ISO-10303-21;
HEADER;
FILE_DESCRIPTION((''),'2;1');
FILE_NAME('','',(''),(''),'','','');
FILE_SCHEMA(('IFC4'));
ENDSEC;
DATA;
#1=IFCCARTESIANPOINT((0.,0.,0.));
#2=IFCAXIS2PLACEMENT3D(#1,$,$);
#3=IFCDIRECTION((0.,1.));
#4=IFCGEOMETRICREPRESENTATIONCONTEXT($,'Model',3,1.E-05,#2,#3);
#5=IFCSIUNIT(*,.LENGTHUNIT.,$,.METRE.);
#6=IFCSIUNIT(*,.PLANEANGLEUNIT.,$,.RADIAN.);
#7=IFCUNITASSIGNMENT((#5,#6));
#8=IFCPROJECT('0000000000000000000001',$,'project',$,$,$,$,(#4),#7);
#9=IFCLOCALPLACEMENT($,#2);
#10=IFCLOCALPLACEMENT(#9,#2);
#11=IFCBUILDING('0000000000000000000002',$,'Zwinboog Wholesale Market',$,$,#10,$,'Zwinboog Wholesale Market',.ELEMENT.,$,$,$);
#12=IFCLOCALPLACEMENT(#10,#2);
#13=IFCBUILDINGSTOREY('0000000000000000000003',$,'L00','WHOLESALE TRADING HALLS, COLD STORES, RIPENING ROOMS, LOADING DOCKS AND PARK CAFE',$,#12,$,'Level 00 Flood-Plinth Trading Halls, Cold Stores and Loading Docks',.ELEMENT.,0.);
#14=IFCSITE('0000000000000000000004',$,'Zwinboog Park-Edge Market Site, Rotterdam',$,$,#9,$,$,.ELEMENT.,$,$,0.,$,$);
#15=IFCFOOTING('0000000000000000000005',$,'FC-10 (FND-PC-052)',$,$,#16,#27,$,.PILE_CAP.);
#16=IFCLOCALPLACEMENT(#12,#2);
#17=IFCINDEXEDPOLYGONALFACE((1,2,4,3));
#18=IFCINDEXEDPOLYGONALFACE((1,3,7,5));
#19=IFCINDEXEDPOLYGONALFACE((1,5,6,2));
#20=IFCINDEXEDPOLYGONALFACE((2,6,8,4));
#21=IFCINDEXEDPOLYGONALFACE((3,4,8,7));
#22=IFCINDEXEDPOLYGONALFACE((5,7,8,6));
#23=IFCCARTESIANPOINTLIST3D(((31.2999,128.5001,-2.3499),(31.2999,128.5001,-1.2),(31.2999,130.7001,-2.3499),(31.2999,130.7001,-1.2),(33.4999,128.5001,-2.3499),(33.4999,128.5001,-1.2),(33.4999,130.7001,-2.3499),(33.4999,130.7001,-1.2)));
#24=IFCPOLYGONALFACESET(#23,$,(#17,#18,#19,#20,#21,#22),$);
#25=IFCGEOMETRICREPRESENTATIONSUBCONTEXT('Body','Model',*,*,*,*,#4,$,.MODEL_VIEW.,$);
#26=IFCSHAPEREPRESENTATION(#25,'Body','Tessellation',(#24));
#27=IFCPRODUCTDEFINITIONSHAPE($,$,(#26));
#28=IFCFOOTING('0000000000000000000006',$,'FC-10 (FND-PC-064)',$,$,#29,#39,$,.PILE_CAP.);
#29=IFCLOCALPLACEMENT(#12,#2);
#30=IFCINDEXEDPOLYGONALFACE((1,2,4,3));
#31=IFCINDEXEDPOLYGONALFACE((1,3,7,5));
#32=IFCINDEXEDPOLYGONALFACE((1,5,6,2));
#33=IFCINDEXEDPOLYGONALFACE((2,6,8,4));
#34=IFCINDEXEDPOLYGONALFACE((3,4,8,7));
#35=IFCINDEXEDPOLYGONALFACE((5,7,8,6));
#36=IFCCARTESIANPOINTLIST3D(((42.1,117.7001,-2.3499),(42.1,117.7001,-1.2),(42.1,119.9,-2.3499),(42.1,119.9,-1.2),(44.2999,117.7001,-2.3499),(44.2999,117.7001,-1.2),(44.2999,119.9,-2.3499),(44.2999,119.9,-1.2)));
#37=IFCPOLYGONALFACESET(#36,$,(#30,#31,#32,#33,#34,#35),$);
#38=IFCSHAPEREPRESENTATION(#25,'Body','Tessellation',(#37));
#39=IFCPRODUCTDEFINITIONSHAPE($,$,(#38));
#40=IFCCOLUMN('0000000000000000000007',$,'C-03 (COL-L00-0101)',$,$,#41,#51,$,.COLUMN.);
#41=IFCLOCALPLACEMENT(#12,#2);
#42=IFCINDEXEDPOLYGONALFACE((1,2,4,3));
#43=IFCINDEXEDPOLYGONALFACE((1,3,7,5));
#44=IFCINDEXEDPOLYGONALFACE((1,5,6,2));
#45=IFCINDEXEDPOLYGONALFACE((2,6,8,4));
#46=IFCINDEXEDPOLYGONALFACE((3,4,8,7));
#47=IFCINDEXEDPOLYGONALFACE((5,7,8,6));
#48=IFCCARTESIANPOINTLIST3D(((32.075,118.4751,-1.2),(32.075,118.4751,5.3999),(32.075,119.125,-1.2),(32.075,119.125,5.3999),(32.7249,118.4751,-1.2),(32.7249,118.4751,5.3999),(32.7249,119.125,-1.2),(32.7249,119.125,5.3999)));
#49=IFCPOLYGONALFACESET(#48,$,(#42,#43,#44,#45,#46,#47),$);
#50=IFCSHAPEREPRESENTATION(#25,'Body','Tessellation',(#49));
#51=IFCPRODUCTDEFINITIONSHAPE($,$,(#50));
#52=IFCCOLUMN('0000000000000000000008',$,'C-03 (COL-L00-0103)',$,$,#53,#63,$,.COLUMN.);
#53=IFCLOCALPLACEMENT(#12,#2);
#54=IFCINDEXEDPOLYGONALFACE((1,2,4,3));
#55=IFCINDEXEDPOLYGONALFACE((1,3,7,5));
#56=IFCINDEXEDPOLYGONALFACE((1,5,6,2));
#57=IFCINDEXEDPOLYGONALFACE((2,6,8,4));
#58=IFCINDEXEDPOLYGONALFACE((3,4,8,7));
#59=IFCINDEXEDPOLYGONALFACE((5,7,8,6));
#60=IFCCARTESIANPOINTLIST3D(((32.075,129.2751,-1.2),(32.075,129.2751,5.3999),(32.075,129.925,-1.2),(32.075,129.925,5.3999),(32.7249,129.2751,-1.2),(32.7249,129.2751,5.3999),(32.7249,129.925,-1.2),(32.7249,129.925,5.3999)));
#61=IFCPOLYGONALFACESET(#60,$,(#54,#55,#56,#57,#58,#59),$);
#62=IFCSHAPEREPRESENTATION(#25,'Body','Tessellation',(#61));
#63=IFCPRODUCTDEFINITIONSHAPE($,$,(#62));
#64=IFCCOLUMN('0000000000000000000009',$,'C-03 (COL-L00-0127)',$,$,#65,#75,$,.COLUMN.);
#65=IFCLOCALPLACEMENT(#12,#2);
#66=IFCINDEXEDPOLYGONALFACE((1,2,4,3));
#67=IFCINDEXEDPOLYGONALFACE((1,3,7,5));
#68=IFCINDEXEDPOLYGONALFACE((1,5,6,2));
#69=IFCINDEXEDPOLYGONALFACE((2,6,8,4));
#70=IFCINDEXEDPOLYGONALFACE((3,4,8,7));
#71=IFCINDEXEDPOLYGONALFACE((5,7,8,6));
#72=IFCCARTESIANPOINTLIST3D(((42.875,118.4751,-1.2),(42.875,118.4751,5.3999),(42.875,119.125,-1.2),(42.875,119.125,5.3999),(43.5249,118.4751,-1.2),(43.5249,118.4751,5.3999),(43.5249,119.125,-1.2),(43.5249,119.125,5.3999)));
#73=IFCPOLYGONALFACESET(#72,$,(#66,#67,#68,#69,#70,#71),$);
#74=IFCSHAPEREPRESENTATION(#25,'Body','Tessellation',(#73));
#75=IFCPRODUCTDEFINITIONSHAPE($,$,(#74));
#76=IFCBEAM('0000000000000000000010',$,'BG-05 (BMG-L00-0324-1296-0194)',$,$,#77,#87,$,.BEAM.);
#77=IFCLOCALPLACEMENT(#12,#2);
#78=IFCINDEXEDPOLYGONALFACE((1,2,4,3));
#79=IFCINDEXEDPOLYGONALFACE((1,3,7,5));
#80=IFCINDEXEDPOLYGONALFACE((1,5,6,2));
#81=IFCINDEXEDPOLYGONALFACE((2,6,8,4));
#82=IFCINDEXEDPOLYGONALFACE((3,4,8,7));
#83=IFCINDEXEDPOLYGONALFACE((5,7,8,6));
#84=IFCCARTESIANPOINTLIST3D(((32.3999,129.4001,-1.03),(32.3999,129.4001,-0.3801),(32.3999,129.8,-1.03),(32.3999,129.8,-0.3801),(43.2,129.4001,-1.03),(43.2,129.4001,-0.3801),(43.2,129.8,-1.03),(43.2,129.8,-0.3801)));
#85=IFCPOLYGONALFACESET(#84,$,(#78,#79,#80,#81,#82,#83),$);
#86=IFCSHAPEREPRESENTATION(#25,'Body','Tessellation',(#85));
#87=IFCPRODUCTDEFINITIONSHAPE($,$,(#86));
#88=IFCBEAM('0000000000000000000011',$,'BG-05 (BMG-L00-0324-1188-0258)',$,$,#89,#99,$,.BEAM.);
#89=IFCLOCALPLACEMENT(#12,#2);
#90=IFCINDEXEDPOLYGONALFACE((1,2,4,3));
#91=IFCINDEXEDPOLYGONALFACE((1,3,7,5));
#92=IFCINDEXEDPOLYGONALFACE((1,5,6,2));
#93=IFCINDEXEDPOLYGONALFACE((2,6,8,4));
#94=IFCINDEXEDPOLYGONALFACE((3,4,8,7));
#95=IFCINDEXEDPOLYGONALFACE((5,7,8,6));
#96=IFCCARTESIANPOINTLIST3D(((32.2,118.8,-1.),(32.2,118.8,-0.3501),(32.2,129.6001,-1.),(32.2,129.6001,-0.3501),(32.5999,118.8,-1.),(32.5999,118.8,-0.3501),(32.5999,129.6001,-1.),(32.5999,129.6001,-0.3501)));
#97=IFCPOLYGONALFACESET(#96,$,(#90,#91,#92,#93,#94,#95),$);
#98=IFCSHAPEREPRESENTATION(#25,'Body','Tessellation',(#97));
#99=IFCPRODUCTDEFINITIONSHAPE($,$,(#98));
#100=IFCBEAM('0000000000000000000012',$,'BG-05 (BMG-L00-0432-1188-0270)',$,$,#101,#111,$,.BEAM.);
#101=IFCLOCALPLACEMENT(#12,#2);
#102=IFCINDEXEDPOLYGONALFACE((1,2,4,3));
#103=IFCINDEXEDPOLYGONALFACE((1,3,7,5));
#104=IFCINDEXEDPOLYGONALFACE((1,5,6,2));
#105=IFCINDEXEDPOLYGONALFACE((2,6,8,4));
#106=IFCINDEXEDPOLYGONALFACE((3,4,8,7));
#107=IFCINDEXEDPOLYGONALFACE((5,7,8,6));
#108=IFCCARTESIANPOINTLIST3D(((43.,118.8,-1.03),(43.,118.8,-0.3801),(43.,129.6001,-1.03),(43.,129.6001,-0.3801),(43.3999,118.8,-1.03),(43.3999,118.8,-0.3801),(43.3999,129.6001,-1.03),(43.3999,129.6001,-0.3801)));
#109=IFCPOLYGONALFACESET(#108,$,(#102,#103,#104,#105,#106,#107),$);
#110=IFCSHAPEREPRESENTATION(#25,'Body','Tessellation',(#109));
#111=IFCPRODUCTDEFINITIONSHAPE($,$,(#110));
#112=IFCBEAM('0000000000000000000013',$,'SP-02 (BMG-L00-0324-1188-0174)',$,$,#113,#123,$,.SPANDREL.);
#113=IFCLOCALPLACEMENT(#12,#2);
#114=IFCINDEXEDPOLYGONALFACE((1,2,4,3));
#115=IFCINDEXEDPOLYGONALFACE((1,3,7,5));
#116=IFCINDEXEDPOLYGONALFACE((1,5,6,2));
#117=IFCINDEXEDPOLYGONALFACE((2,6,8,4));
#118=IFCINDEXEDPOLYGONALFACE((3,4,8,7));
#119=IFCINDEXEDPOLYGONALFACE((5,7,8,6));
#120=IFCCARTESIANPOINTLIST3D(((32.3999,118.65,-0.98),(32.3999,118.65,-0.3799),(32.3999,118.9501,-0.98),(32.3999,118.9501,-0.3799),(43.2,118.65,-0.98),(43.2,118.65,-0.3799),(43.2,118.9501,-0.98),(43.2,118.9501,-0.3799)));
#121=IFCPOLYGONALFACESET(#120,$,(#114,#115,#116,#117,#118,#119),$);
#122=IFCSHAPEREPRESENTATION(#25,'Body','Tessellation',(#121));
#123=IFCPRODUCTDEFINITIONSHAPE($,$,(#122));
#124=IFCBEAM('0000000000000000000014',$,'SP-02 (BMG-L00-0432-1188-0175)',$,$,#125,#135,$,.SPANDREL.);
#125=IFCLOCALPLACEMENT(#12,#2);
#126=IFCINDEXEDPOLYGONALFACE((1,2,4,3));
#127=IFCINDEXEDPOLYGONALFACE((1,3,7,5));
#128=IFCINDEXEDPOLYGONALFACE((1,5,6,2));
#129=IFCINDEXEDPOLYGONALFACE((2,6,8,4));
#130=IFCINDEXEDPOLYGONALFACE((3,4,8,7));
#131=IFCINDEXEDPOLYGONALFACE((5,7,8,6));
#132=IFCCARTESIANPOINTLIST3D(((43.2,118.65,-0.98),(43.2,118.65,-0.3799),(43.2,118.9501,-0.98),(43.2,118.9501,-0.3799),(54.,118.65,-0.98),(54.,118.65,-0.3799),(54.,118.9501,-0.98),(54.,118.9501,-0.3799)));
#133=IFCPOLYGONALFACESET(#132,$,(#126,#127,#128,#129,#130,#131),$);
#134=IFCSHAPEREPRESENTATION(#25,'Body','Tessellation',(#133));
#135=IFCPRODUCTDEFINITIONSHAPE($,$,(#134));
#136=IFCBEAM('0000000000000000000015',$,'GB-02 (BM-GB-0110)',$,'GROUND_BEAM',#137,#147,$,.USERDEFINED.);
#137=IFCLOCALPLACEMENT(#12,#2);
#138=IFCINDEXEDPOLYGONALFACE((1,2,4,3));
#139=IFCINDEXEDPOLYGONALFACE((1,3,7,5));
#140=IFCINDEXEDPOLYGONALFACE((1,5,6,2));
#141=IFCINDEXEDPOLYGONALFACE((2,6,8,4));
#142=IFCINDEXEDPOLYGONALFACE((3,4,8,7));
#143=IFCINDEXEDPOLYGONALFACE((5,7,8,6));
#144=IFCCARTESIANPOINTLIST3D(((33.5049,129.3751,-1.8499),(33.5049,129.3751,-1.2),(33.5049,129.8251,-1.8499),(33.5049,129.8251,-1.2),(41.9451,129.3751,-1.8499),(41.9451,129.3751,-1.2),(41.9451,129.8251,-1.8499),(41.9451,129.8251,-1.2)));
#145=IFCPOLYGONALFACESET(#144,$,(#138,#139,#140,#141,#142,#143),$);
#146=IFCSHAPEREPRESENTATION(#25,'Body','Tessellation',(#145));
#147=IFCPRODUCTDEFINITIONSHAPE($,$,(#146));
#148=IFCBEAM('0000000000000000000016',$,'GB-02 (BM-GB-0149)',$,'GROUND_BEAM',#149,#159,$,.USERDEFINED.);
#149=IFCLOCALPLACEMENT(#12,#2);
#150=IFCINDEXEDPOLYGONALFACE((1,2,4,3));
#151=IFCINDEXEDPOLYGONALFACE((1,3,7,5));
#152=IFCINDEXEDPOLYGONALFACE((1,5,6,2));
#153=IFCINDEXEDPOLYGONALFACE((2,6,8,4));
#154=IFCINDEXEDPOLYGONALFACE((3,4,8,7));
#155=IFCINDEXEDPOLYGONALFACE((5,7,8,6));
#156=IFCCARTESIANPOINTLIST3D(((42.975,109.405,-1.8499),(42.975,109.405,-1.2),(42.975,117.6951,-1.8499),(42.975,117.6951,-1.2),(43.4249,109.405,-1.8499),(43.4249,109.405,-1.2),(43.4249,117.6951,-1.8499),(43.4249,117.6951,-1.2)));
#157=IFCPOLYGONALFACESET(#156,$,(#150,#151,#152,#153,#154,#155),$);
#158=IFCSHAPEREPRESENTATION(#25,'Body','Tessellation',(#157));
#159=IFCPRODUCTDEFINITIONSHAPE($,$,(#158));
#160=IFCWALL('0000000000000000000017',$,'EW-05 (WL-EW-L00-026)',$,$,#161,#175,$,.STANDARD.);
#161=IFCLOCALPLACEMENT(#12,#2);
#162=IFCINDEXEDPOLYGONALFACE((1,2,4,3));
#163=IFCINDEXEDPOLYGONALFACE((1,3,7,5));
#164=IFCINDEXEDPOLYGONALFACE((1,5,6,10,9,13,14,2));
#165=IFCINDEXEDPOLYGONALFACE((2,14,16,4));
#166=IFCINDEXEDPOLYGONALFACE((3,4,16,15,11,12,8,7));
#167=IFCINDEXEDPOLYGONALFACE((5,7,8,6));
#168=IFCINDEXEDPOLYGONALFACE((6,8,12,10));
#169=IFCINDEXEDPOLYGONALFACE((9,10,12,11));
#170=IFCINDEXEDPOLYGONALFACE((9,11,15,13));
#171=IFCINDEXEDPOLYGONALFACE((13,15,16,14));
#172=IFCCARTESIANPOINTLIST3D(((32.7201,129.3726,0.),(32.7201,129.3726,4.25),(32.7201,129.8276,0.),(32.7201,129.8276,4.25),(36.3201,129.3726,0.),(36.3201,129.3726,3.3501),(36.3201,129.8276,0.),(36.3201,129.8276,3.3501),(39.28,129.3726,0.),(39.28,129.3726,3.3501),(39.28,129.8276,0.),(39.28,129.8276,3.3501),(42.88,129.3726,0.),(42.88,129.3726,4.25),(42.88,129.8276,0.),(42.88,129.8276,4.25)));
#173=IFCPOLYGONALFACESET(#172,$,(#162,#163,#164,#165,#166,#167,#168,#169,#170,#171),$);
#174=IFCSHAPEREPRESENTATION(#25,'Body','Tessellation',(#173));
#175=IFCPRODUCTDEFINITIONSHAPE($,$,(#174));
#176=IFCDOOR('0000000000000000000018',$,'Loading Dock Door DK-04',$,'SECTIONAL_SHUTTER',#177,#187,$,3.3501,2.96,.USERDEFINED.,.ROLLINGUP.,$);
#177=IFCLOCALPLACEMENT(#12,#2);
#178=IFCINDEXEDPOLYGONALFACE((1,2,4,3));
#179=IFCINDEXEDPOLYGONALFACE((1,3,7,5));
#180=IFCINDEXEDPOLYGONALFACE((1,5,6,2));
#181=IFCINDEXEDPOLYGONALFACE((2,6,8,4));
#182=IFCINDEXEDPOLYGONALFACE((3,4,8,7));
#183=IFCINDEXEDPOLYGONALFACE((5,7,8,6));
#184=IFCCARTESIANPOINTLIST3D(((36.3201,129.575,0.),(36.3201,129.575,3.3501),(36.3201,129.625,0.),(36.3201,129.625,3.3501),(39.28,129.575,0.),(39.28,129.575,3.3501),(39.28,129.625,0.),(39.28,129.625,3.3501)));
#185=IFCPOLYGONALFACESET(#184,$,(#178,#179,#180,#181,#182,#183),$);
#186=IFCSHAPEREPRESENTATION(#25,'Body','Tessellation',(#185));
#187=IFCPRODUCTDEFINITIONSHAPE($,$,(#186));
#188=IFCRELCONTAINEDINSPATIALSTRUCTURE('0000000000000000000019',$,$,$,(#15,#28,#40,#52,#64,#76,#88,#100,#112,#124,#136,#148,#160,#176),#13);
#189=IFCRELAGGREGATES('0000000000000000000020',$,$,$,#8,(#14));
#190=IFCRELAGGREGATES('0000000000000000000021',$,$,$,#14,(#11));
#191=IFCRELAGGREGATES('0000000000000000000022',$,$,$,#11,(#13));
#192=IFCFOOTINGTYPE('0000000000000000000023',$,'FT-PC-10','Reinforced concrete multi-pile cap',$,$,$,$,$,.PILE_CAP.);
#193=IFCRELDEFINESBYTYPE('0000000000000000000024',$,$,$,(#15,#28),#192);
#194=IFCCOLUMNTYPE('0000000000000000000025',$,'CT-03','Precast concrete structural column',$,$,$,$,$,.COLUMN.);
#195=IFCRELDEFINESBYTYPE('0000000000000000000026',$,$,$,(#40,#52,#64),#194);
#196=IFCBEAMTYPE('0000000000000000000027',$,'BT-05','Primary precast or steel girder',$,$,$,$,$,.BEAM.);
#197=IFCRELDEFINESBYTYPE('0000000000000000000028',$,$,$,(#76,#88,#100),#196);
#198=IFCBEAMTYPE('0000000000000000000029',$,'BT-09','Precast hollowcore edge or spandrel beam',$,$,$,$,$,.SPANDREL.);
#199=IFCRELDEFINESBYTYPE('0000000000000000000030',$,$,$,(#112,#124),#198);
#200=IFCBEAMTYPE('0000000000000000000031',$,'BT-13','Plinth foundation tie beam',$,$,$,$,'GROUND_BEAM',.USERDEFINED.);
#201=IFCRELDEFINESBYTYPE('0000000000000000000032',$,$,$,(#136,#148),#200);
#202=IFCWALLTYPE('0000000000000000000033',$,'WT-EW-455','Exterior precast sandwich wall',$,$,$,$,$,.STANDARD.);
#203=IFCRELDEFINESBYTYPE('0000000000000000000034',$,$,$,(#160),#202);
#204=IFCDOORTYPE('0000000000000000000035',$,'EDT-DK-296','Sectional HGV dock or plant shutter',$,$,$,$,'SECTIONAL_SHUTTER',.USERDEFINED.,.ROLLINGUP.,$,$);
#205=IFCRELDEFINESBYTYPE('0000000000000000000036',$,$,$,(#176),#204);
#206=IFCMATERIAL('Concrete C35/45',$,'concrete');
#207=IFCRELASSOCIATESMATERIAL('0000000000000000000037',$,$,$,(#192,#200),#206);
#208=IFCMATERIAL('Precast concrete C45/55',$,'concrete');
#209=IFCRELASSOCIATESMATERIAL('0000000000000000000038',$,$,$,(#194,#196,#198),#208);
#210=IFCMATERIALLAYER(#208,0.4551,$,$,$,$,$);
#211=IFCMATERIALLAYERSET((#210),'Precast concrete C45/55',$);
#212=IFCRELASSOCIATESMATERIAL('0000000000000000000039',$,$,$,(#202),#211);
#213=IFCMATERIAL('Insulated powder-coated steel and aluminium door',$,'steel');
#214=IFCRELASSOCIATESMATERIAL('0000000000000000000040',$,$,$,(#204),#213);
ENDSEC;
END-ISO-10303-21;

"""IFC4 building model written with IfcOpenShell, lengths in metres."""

from ifc_helpers import new_model, si_unit, direction, frame, frame_2d, origin, origin_2d, place, context, subcontext, project, spatial, rectangle, extrude, material, layer, layer_set, material_profile, profile_set, type_object, element, fill, save


model = new_model("IFC4")

# Units and contexts
model_context = context("Model", 3, precision=1e-05, world=origin(), true_north=direction((0.0, 1.0)))
body_context = subcontext(model_context, "Body", "Model", "MODEL_VIEW")
ifc_project = project(units=[si_unit("LENGTHUNIT", "METRE"), si_unit("PLANEANGLEUNIT", "RADIAN")], contexts=[model_context])

# Site, building, storey
site_placement = place(None, origin())
site = spatial("IfcSite", under=ifc_project, at=site_placement, Name="Zwinboog Park-Edge Market Site, Rotterdam", CompositionType="ELEMENT", RefElevation=0.0)
building_placement = place(site_placement, origin())
building = spatial("IfcBuilding", under=site, at=building_placement, Name="Zwinboog Wholesale Market", LongName="Zwinboog Wholesale Market", CompositionType="ELEMENT")
storey_placement = place(building_placement, origin())
storey = spatial("IfcBuildingStorey", under=building, at=storey_placement, Name="L00", Description="WHOLESALE TRADING HALLS, COLD STORES, RIPENING ROOMS, LOADING DOCKS AND PARK CAFE", LongName="Level 00 Flood-Plinth Trading Halls, Cold Stores and Loading Docks", CompositionType="ELEMENT", Elevation=0.0)

# Footings
ifc_material_1 = material(Name="Concrete C35/45", Category="concrete")
footing_type_1 = type_object("IfcFootingType", Name="FT-PC-10", Description="Reinforced concrete multi-pile cap", PredefinedType="PILE_CAP", material=ifc_material_1)
for number, where, z_axis, x_axis, name in (
    (1, (32.3999, 129.6001, -2.3499), (0.0, 0.0, 1.0), (1.0, 0.0, 0.0), "FC-10 (FND-PC-052)"),
    (2, (43.2, 118.8, -2.3499), (0.0, 0.0, 1.0), (1.0, 0.0, 0.0), "FC-10 (FND-PC-064)"),
):
    element("IfcFooting", number, at=place(storey_placement, frame(where, z_axis=z_axis, x_axis=x_axis)), inside=storey, type_object=footing_type_1, Name=name, PredefinedType="PILE_CAP", context=body_context, shape_type="SweptSolid", body=[
        extrude(rectangle(XDim=2.2, YDim=2.2, at=origin_2d()), origin(), (0.0, 0.0, 1.0), 1.1499),
    ])

# Columns
ifc_material_2 = material(Name="Precast concrete C45/55", Category="concrete")
ifc_material_profile_1 = material_profile(ifc_material_2, rectangle(XDim=0.6499, YDim=0.6499, at=origin_2d()), Name="PC 650x650")
ifc_profile_set_1 = profile_set([ifc_material_profile_1], Name="Precast concrete C45/55")
column_type = type_object("IfcColumnType", Name="CT-03", Description="Precast concrete structural column", PredefinedType="COLUMN", material=ifc_profile_set_1)
for number, where, z_axis, x_axis, name in (
    (3, (32.3999, 118.8, -1.2), (0.0, 0.0, 1.0), (1.0, 0.0, 0.0), "C-03 (COL-L00-0101)"),
    (4, (32.3999, 129.6001, -1.2), (0.0, 0.0, 1.0), (1.0, 0.0, 0.0), "C-03 (COL-L00-0103)"),
    (5, (43.2, 118.8, -1.2), (0.0, 0.0, 1.0), (1.0, 0.0, 0.0), "C-03 (COL-L00-0127)"),
):
    element("IfcColumn", number, at=place(storey_placement, frame(where, z_axis=z_axis, x_axis=x_axis)), inside=storey, type_object=column_type, Name=name, PredefinedType="COLUMN", context=body_context, shape_type="SweptSolid", body=[
        extrude(rectangle(XDim=0.6499, YDim=0.6499, at=origin_2d()), origin(), (0.0, 0.0, 1.0), 6.5999),
    ])

# Beams
ifc_material_profile_2 = material_profile(ifc_material_2, rectangle(XDim=0.3999, YDim=0.6499, at=origin_2d()), Name="PC 400x650")
ifc_profile_set_2 = profile_set([ifc_material_profile_2], Name="Precast concrete C45/55")
beam_type_1 = type_object("IfcBeamType", Name="BT-05", Description="Primary precast or steel girder", PredefinedType="BEAM", material=ifc_profile_set_2)
for number, where, z_axis, x_axis, name in (
    (6, (32.3999, 129.6001, -0.7051), (1.0, 0.0, 0.0), (0.0, 1.0, 0.0), "BG-05 (BMG-L00-0324-1296-0194)"),
    (7, (32.3999, 118.8, -0.675), (0.0, 1.0, 0.0), (-1.0, 0.0, 0.0), "BG-05 (BMG-L00-0324-1188-0258)"),
    (8, (43.2, 118.8, -0.7051), (0.0, 1.0, 0.0), (-1.0, 0.0, 0.0), "BG-05 (BMG-L00-0432-1188-0270)"),
):
    element("IfcBeam", number, at=place(storey_placement, frame(where, z_axis=z_axis, x_axis=x_axis)), inside=storey, type_object=beam_type_1, Name=name, PredefinedType="BEAM", context=body_context, shape_type="SweptSolid", body=[
        extrude(rectangle(XDim=0.3999, YDim=0.6499, at=origin_2d()), origin(), (0.0, 0.0, 1.0), 10.8),
    ])
ifc_material_profile_3 = material_profile(ifc_material_2, rectangle(XDim=0.3, YDim=0.6001, at=origin_2d()), Name="PC 300x600")
ifc_profile_set_3 = profile_set([ifc_material_profile_3], Name="Precast concrete C45/55")
beam_type_2 = type_object("IfcBeamType", Name="BT-09", Description="Precast hollowcore edge or spandrel beam", PredefinedType="SPANDREL", material=ifc_profile_set_3)
for number, where, z_axis, x_axis, name in (
    (9, (32.3999, 118.8, -0.6799), (1.0, 0.0, 0.0), (0.0, 1.0, 0.0), "SP-02 (BMG-L00-0324-1188-0174)"),
    (10, (43.2, 118.8, -0.6799), (1.0, 0.0, 0.0), (0.0, 1.0, 0.0), "SP-02 (BMG-L00-0432-1188-0175)"),
):
    element("IfcBeam", number, at=place(storey_placement, frame(where, z_axis=z_axis, x_axis=x_axis)), inside=storey, type_object=beam_type_2, Name=name, PredefinedType="SPANDREL", context=body_context, shape_type="SweptSolid", body=[
        extrude(rectangle(XDim=0.3, YDim=0.6001, at=origin_2d()), origin(), (0.0, 0.0, 1.0), 10.8),
    ])
ifc_material_profile_4 = material_profile(ifc_material_1, rectangle(XDim=0.45, YDim=0.6499, at=origin_2d()), Name="RC 450x650")
ifc_profile_set_4 = profile_set([ifc_material_profile_4], Name="Concrete C35/45")
beam_type_3 = type_object("IfcBeamType", Name="BT-13", Description="Plinth foundation tie beam", ElementType="GROUND_BEAM", PredefinedType="USERDEFINED", material=ifc_profile_set_4)
beam_1_placement = place(storey_placement, frame((33.5049, 129.6001, -1.5249), z_axis=(1.0, 0.0, 0.0), x_axis=(0.0, 1.0, 0.0)))
element("IfcBeam", 11, at=beam_1_placement, inside=storey, type_object=beam_type_3, Name="GB-02 (BM-GB-0110)", ObjectType="GROUND_BEAM", PredefinedType="USERDEFINED", context=body_context, shape_type="SweptSolid", body=[
    extrude(rectangle(XDim=0.45, YDim=0.6499, at=origin_2d()), origin(), (0.0, 0.0, 1.0), 8.4402),
])
beam_2_placement = place(storey_placement, frame((43.2, 109.405, -1.5249), z_axis=(0.0, 1.0, 0.0), x_axis=(-1.0, 0.0, 0.0)))
element("IfcBeam", 12, at=beam_2_placement, inside=storey, type_object=beam_type_3, Name="GB-02 (BM-GB-0149)", ObjectType="GROUND_BEAM", PredefinedType="USERDEFINED", context=body_context, shape_type="SweptSolid", body=[
    extrude(rectangle(XDim=0.45, YDim=0.6499, at=origin_2d()), origin(), (0.0, 0.0, 1.0), 8.29),
])

# Wall, opening, door
ifc_layer = layer(ifc_material_2, 0.4551)
ifc_layer_set = layer_set([ifc_layer], Name="Precast concrete C45/55")
wall_type = type_object("IfcWallType", Name="WT-EW-455", Description="Exterior precast sandwich wall", PredefinedType="STANDARD", material=ifc_layer_set)
wall_placement = place(storey_placement, frame((32.72, 129.6001, 0.0), z_axis=(0.0, 0.0, 1.0), x_axis=(1.0, 0.0, 0.0)))
wall = element("IfcWall", 13, at=wall_placement, inside=storey, type_object=wall_type, Name="EW-05 (WL-EW-L00-026)", PredefinedType="STANDARD", context=body_context, shape_type="SweptSolid", body=[
    extrude(rectangle(XDim=10.1599, YDim=0.4551, at=frame_2d((5.0801, 0.0))), origin(), (0.0, 0.0, 1.0), 4.25),
])
opening_placement = place(wall_placement, frame((3.6001, 0.0, 0.0)))
opening = element("IfcOpeningElement", 14, at=opening_placement, cuts=wall, PredefinedType="OPENING", context=body_context, shape_type="SweptSolid", body=[
    extrude(rectangle(XDim=2.96, YDim=3.3501, at=frame_2d((1.48, 1.675))), frame((0.0, 0.2375, 0.0), z_axis=(0.0, -1.0, 0.0), x_axis=(1.0, 0.0, 0.0)), (0.0, 0.0, 1.0), 0.4751),
])
ifc_material_3 = material(Name="Insulated powder-coated steel and aluminium door", Category="steel")
door_type = type_object("IfcDoorType", Name="EDT-DK-296", Description="Sectional HGV dock or plant shutter", ElementType="SECTIONAL_SHUTTER", OperationType="ROLLINGUP", PredefinedType="USERDEFINED", material=ifc_material_3)
door_placement = place(opening_placement, origin())
door = element("IfcDoor", 15, at=door_placement, inside=storey, type_object=door_type, Name="Loading Dock Door DK-04", ObjectType="SECTIONAL_SHUTTER", OperationType="ROLLINGUP", OverallHeight=3.3501, OverallWidth=2.96, PredefinedType="USERDEFINED", context=body_context, shape_type="SweptSolid", body=[
    extrude(rectangle(XDim=2.96, YDim=3.3501, at=frame_2d((1.48, 1.675))), frame((0.0, 0.0249, 0.0), z_axis=(0.0, -1.0, 0.0), x_axis=(1.0, 0.0, 0.0)), (0.0, 0.0, 1.0), 0.05),
])
fill(opening, door)

save(model, "model.ifc")
